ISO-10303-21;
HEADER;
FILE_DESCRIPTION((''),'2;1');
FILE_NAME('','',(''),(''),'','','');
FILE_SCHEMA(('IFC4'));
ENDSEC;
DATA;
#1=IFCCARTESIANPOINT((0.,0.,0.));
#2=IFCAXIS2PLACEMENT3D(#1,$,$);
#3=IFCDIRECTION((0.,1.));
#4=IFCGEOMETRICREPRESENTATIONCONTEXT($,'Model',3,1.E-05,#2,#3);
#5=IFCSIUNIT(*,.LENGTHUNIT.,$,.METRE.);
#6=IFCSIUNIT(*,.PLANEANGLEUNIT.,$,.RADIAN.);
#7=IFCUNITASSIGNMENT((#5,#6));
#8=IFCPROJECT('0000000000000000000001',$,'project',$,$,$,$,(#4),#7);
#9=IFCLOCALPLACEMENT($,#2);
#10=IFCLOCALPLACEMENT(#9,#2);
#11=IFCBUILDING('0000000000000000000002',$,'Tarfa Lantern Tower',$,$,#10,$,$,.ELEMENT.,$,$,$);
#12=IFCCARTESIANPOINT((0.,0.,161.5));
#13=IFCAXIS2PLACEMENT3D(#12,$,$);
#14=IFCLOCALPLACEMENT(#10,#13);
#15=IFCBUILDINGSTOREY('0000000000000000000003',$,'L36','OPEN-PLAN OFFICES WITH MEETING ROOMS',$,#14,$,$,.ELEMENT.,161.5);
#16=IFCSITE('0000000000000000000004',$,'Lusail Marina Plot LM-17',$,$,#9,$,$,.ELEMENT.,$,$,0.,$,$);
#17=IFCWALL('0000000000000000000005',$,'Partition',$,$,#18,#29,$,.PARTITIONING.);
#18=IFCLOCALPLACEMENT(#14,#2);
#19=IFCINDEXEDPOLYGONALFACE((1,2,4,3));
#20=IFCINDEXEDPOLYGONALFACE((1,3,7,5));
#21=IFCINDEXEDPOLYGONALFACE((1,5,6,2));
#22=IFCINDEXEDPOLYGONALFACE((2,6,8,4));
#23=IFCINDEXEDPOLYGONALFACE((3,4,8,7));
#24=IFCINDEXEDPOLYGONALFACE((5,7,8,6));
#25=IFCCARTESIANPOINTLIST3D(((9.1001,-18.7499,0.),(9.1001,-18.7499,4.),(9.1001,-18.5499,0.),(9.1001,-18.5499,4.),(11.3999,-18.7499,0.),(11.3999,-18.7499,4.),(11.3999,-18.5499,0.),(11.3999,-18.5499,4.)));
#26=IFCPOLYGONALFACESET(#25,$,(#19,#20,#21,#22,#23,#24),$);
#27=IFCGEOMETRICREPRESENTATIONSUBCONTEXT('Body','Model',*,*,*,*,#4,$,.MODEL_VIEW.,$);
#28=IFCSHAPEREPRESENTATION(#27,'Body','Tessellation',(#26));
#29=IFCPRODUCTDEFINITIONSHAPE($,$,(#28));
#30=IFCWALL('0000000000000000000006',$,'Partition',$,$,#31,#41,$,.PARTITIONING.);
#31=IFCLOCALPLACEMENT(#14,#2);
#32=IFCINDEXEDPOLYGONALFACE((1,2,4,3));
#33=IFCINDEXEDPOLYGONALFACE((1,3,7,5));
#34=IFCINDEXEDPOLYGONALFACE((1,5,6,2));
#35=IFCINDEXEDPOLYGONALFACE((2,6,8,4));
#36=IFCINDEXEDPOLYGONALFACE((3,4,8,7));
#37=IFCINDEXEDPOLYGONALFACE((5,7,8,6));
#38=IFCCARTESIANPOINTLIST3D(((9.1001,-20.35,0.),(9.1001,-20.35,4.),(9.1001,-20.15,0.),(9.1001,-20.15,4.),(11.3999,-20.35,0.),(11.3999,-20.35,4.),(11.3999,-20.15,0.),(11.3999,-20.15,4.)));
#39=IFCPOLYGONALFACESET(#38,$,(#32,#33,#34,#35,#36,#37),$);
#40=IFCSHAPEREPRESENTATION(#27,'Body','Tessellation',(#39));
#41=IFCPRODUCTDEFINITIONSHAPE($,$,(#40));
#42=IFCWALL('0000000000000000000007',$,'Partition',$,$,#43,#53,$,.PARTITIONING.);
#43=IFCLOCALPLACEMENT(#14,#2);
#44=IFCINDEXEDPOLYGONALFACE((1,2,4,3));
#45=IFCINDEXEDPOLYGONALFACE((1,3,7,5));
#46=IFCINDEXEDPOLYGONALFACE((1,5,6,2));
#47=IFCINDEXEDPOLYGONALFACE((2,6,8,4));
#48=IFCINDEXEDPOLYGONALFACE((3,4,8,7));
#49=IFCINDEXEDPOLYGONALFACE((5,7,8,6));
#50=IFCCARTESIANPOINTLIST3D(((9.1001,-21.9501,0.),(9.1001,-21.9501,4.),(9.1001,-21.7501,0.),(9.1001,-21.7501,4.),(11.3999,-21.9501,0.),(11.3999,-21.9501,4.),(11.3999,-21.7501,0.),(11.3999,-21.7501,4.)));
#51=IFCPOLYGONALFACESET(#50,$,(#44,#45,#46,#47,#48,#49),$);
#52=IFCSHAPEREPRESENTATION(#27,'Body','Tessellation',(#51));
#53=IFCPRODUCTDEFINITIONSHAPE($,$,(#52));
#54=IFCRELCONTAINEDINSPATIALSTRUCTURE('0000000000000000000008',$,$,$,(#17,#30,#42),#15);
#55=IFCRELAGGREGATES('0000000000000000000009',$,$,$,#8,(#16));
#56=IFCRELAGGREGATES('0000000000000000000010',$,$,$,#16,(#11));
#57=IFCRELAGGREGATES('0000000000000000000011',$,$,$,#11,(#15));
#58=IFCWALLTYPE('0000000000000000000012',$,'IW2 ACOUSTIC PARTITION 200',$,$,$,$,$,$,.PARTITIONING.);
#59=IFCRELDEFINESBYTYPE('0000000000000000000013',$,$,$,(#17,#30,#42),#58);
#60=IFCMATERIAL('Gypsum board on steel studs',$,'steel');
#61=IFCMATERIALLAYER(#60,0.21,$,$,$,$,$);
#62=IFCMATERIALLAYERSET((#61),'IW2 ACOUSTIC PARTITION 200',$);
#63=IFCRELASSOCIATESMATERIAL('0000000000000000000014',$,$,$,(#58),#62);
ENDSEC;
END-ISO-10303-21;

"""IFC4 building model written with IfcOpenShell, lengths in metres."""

from ifc_helpers import new_model, si_unit, direction, frame, frame_2d, origin, place, context, subcontext, project, spatial, rectangle, extrude, material, layer, layer_set, type_object, element, save


model = new_model("IFC4")

# Units and contexts
model_context = context("Model", 3, precision=1e-05, world=origin(), true_north=direction((0.0, 1.0)))
body_context = subcontext(model_context, "Body", "Model", "MODEL_VIEW")
ifc_project = project(units=[si_unit("LENGTHUNIT", "METRE"), si_unit("PLANEANGLEUNIT", "RADIAN")], contexts=[model_context])

# Site, building, storey
site_placement = place(None, origin())
site = spatial("IfcSite", under=ifc_project, at=site_placement, Name="Lusail Marina Plot LM-17", CompositionType="ELEMENT", RefElevation=0.0)
building_placement = place(site_placement, origin())
building = spatial("IfcBuilding", under=site, at=building_placement, Name="Tarfa Lantern Tower", CompositionType="ELEMENT")
storey_placement = place(building_placement, frame((0.0, 0.0, 161.5)))
storey = spatial("IfcBuildingStorey", under=building, at=storey_placement, Name="L36", Description="OPEN-PLAN OFFICES WITH MEETING ROOMS", CompositionType="ELEMENT", Elevation=161.5)

# Walls
ifc_material_1 = material(Name="Gypsum board on steel studs", Category="steel")
ifc_layer_1 = layer(ifc_material_1, 0.21)
ifc_layer_set_1 = layer_set([ifc_layer_1], Name="IW2 ACOUSTIC PARTITION 200")
wall_type_1 = type_object("IfcWallType", Name="IW2 ACOUSTIC PARTITION 200", PredefinedType="PARTITIONING", material=ifc_layer_set_1)
for number, where, z_axis, x_axis, name in (
    (1, (9.1001, -18.6499, 0.0), (0.0, 0.0, 1.0), (1.0, 0.0, 0.0), "Partition"),
    (2, (9.1001, -20.25, 0.0), (0.0, 0.0, 1.0), (1.0, 0.0, 0.0), "Partition"),
    (3, (9.1001, -21.8501, 0.0), (0.0, 0.0, 1.0), (1.0, 0.0, 0.0), "Partition"),
):
    element("IfcWall", number, at=place(storey_placement, frame(where, z_axis=z_axis, x_axis=x_axis)), inside=storey, type_object=wall_type_1, Name=name, PredefinedType="PARTITIONING", context=body_context, shape_type="SweptSolid", body=[
        extrude(rectangle(XDim=2.2998, YDim=0.2, at=frame_2d((1.1499, 0.0))), origin(), (0.0, 0.0, 1.0), 4.0),
    ])

save(model, "model.ifc")
